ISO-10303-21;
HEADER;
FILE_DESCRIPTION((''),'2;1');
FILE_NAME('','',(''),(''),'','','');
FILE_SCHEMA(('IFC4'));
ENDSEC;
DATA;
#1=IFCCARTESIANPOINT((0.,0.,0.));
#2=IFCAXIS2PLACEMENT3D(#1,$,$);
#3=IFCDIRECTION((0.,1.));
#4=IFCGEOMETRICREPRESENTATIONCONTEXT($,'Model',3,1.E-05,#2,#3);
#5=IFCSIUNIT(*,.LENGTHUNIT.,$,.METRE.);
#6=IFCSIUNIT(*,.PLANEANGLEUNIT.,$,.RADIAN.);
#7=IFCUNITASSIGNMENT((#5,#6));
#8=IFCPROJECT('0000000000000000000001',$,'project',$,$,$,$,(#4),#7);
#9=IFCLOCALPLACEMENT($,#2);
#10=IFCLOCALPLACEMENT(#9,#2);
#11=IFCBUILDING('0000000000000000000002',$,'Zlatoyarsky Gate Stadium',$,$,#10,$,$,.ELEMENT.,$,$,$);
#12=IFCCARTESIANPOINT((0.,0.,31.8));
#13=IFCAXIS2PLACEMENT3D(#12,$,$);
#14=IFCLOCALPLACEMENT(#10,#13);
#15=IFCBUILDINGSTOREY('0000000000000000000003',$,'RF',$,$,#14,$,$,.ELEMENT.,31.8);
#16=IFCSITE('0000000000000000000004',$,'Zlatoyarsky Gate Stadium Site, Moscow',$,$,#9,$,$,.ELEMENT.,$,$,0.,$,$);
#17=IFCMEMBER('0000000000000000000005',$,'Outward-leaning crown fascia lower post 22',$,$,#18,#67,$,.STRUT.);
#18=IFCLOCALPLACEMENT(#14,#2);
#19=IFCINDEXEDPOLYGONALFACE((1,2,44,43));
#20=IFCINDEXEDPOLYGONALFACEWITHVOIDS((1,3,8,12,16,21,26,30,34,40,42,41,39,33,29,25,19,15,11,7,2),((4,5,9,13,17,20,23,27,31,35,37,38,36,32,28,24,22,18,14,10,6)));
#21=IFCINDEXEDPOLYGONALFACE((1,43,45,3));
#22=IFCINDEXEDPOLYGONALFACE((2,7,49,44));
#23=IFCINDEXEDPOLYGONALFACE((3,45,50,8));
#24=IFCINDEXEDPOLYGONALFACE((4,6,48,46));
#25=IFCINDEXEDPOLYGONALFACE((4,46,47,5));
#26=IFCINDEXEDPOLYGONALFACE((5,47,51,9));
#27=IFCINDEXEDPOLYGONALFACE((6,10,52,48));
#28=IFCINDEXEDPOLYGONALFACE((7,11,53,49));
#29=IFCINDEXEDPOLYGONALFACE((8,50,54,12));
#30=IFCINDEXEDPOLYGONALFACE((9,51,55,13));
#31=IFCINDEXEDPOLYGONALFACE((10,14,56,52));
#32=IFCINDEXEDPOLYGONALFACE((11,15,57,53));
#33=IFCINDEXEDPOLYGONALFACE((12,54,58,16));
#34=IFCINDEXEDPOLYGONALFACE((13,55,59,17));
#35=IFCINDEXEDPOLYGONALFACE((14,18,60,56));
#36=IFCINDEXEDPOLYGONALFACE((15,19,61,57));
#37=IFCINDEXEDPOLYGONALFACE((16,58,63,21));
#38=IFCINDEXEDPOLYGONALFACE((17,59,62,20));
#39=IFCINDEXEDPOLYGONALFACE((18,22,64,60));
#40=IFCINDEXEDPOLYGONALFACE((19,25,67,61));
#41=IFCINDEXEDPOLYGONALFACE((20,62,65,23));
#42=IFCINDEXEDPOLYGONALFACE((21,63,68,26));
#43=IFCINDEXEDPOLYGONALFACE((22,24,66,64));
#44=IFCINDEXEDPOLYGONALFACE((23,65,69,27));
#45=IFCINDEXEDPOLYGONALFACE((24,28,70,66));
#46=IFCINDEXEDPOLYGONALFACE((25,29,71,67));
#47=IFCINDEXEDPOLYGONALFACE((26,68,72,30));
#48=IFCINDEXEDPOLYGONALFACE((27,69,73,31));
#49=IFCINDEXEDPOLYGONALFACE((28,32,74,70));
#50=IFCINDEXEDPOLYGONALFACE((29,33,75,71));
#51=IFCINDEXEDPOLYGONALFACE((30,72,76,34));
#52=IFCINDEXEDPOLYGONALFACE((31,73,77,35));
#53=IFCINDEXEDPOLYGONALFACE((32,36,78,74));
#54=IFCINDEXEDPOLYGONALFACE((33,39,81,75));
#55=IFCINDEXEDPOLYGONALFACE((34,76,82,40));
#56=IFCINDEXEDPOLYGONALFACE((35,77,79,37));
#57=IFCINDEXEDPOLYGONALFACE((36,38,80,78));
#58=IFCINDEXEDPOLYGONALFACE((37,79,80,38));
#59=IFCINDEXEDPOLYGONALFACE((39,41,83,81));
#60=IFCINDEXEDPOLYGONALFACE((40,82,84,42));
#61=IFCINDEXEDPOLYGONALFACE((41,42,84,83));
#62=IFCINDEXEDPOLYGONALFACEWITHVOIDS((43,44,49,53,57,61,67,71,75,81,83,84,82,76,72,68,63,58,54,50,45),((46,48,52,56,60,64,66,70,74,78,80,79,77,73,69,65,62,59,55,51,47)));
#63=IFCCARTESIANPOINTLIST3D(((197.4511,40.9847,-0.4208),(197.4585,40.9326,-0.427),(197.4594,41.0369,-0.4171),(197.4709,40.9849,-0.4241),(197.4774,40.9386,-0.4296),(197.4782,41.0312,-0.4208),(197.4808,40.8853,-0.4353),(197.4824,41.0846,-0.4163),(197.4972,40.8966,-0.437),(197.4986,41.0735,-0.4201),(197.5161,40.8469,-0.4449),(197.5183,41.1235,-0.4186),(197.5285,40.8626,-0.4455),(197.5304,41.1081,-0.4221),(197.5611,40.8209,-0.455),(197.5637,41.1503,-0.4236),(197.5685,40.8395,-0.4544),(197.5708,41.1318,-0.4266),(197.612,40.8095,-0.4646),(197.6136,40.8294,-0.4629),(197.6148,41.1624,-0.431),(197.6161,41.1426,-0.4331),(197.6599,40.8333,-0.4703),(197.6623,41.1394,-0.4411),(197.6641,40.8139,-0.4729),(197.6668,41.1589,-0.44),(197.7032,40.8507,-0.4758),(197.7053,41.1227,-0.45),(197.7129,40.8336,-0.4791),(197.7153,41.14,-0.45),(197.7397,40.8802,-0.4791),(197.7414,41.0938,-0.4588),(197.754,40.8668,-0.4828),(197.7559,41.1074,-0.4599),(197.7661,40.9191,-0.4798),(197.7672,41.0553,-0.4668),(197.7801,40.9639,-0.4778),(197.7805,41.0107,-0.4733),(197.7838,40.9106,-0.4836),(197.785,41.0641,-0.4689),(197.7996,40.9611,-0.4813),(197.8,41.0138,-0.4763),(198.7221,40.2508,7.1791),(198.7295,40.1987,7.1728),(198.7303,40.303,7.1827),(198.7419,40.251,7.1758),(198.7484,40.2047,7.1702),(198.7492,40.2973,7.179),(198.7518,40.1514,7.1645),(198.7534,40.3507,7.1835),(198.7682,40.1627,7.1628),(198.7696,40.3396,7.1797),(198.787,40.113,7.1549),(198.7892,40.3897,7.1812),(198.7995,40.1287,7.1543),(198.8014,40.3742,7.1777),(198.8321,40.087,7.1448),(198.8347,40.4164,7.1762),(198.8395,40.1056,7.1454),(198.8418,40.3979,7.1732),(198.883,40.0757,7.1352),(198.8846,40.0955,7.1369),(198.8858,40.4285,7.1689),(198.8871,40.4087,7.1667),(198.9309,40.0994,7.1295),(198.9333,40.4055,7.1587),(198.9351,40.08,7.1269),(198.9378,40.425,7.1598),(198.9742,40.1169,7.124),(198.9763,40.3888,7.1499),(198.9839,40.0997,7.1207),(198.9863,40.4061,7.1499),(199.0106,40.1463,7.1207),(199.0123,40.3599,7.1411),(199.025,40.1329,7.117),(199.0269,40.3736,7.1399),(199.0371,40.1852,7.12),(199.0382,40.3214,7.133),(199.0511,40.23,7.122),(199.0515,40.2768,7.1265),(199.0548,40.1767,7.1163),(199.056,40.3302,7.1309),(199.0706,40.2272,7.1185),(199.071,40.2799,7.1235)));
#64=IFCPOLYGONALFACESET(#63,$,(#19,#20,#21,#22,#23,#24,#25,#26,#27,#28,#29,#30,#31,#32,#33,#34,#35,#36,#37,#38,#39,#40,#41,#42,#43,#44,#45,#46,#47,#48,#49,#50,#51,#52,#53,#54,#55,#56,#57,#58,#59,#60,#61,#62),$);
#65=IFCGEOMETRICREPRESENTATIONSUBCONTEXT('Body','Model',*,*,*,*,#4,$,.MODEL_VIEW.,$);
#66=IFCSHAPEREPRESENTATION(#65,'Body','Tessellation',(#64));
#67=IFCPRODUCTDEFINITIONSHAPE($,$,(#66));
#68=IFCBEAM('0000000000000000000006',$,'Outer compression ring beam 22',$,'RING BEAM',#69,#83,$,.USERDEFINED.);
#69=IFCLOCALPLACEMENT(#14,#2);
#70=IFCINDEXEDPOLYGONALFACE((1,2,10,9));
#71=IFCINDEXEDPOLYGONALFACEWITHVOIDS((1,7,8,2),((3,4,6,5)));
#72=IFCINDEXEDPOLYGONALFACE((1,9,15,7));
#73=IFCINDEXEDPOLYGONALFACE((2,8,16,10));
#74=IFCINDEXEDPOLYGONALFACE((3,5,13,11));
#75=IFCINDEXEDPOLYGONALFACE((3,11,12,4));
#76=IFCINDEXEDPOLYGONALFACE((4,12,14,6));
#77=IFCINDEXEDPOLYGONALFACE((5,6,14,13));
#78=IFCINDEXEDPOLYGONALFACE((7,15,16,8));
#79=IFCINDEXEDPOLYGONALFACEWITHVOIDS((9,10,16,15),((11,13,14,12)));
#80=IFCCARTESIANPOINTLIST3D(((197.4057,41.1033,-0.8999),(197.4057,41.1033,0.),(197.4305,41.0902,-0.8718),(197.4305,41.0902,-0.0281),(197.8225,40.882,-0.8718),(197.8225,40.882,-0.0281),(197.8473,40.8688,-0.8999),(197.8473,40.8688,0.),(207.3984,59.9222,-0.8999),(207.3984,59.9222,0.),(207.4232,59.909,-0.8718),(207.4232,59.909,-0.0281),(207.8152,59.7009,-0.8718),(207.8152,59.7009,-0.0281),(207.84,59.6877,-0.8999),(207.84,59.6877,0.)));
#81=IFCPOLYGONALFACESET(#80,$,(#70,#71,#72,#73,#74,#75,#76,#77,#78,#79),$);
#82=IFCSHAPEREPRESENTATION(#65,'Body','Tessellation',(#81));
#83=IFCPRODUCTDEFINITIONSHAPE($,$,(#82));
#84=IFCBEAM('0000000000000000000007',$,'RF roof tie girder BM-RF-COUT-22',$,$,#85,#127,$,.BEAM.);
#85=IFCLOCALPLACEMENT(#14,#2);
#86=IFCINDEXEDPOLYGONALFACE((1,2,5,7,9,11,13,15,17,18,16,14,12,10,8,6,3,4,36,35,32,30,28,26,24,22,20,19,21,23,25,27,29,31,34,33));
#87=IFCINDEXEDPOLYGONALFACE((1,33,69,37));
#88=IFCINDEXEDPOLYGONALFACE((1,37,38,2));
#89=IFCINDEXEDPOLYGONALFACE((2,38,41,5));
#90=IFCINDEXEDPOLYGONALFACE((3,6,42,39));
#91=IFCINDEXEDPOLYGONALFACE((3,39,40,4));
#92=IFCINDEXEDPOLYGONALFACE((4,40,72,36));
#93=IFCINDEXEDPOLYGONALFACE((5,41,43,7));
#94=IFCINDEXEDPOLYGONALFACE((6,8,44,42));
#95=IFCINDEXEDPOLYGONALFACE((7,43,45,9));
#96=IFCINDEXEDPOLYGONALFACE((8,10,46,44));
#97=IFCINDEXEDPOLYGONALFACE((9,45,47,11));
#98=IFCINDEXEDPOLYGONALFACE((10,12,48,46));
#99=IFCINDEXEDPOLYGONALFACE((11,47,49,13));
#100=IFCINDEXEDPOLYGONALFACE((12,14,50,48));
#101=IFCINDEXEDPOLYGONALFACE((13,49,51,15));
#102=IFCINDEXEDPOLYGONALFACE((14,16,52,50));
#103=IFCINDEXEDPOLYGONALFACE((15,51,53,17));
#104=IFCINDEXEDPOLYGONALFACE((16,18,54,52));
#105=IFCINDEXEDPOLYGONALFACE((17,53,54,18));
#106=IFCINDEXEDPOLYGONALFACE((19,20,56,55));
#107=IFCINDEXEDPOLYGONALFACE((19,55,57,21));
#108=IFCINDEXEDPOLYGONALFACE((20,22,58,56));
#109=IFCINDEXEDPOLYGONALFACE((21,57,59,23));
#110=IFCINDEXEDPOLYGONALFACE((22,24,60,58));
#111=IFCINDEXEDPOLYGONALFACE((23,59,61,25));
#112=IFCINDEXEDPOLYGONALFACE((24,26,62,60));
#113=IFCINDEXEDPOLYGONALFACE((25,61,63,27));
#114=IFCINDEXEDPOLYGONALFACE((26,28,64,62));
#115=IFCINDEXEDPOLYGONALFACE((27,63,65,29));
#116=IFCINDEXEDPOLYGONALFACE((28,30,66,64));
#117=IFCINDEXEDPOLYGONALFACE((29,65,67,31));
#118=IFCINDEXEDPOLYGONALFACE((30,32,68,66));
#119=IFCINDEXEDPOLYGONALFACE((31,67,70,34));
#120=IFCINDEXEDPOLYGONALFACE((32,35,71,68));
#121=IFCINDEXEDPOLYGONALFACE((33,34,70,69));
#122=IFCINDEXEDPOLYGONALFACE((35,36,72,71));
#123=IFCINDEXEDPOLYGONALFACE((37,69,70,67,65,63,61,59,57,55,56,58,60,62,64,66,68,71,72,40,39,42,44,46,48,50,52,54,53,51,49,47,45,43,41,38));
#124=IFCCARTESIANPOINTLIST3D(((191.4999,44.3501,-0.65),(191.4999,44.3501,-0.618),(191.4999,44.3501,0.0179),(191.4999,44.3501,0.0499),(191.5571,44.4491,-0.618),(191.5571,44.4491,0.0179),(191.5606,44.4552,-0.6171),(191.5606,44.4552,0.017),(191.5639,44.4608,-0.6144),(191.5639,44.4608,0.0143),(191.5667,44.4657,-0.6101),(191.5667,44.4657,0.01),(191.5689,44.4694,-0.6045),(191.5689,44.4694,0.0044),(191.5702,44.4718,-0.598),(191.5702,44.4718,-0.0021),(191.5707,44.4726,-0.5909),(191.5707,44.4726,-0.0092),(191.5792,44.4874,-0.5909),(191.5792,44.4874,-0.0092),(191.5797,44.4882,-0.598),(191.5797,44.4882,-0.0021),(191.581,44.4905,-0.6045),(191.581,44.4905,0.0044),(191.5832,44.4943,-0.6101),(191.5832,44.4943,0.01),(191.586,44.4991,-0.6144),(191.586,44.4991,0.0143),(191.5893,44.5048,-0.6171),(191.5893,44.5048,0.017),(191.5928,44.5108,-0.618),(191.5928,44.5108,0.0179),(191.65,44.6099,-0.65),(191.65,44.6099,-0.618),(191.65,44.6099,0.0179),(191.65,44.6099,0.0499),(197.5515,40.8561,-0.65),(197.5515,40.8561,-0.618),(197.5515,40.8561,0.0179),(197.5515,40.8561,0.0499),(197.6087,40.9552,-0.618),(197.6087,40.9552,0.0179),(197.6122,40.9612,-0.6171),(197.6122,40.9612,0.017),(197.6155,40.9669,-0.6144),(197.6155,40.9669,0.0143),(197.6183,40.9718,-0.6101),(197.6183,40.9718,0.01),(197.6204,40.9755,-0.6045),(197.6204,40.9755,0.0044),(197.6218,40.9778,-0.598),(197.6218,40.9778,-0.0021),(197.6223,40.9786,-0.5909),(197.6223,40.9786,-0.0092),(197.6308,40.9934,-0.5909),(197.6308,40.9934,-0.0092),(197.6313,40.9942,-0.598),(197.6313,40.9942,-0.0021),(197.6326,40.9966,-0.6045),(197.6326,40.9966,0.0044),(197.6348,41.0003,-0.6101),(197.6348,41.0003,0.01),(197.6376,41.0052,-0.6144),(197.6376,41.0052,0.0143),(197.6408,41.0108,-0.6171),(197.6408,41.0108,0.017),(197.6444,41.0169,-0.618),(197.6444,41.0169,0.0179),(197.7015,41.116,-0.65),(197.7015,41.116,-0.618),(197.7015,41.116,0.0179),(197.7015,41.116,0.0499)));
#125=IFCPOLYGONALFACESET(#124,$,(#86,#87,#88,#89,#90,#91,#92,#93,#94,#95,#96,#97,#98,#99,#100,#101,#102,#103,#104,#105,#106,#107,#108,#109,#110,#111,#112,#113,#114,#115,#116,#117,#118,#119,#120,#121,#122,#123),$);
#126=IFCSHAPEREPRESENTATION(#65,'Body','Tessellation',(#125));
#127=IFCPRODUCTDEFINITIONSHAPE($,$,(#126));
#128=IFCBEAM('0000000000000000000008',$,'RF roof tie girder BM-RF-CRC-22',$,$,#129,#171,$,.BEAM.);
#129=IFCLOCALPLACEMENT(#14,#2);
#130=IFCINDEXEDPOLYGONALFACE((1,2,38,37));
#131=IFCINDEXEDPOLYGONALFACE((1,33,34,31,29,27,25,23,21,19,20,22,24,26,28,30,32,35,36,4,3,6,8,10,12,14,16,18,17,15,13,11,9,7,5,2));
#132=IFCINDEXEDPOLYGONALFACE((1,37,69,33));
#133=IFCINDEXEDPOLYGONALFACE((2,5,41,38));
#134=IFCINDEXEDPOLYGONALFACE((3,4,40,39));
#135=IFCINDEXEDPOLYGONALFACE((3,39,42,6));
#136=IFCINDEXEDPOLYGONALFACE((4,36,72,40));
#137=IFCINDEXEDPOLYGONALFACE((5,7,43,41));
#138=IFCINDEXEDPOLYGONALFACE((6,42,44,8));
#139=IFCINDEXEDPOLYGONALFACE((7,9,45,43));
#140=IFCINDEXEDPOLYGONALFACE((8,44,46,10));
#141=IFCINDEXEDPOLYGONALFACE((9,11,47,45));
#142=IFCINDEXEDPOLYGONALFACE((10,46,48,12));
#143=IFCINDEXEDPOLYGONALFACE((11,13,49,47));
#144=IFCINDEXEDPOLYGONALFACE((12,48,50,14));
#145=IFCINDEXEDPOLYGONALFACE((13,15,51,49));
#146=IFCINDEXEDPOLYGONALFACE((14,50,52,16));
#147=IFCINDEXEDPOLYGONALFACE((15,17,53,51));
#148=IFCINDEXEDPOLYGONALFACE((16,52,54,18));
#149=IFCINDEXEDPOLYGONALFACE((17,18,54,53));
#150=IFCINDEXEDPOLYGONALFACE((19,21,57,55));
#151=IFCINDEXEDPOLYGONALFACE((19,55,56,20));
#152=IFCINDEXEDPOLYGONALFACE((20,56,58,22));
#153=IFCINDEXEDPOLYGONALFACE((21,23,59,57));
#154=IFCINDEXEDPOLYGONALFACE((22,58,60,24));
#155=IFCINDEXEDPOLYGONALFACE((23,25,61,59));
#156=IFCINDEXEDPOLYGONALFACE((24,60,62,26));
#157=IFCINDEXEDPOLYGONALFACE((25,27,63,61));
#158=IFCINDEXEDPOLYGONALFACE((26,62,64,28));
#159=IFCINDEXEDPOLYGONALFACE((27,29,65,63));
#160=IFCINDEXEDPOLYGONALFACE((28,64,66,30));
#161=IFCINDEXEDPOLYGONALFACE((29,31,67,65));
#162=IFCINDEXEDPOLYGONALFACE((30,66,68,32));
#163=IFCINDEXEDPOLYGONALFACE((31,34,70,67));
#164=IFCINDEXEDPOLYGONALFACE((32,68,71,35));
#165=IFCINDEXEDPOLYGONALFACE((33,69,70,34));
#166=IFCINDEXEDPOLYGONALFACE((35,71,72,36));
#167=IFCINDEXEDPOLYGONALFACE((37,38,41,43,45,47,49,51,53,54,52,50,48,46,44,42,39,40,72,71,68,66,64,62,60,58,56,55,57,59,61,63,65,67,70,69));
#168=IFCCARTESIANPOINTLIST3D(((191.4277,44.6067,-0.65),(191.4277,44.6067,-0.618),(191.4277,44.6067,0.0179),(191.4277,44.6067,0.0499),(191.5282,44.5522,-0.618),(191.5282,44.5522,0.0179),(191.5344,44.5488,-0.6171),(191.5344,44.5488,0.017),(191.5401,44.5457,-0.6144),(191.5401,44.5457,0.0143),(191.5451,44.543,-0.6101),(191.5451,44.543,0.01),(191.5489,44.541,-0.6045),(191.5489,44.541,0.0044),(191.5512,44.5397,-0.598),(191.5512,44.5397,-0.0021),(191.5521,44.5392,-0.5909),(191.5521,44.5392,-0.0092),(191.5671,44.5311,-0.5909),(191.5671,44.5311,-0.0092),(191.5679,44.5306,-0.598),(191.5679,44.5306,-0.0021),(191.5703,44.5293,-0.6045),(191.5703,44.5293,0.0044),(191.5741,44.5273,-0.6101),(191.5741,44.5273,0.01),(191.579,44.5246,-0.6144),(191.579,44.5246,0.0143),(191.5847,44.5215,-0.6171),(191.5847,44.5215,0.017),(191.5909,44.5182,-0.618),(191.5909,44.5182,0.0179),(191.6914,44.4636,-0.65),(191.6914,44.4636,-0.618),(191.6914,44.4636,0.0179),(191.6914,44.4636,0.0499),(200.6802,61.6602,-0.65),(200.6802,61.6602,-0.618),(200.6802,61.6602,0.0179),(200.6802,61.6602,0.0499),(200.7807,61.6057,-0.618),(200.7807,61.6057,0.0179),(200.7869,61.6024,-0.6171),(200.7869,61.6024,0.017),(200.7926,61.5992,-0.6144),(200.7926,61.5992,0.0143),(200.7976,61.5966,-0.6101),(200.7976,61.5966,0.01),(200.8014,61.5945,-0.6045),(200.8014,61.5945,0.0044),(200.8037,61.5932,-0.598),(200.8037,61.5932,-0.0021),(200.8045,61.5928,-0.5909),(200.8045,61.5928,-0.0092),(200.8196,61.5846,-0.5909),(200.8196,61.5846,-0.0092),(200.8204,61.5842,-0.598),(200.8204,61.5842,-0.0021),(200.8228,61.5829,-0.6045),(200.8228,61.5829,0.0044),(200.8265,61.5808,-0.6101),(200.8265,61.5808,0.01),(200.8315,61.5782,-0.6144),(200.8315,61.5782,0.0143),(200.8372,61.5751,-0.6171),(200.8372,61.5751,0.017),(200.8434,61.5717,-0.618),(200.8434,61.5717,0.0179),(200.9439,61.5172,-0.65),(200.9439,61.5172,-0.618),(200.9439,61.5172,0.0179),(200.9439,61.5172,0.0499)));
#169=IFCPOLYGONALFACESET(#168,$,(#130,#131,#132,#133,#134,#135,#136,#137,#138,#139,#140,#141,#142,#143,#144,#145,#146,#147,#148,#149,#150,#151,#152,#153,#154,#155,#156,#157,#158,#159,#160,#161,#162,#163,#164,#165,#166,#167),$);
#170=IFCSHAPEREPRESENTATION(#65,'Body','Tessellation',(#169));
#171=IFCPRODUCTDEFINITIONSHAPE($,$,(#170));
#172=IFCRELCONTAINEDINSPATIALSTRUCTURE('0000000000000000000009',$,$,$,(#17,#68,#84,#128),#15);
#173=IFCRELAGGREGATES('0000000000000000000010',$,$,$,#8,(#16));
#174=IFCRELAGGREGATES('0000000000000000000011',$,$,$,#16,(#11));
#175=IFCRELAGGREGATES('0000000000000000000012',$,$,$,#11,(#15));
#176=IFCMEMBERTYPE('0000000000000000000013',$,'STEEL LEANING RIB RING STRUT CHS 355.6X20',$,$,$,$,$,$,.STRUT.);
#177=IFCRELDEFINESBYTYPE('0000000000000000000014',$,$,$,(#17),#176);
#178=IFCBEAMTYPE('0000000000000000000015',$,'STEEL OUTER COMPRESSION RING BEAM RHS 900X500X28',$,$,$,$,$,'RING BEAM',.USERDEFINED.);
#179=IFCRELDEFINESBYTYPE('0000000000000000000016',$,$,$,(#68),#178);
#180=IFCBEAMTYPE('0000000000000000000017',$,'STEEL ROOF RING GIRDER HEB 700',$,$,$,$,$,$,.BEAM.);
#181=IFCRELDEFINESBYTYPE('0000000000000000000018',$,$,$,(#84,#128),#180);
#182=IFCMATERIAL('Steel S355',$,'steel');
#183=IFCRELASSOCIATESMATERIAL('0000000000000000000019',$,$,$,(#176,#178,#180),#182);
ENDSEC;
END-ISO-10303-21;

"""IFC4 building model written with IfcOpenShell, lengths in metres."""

from ifc_helpers import new_model, si_unit, direction, frame, origin, origin_2d, place, context, subcontext, project, spatial, hollow_rectangle, hollow_circle, i_section, extrude, material, material_profile, profile_set, type_object, element, save


model = new_model("IFC4")

# Units and contexts
model_context = context("Model", 3, precision=1e-05, world=origin(), true_north=direction((0.0, 1.0)))
body_context = subcontext(model_context, "Body", "Model", "MODEL_VIEW")
ifc_project = project(units=[si_unit("LENGTHUNIT", "METRE"), si_unit("PLANEANGLEUNIT", "RADIAN")], contexts=[model_context])

# Site, building, storey
site_placement = place(None, origin())
site = spatial("IfcSite", under=ifc_project, at=site_placement, Name="Zlatoyarsky Gate Stadium Site, Moscow", CompositionType="ELEMENT", RefElevation=0.0)
building_placement = place(site_placement, origin())
building = spatial("IfcBuilding", under=site, at=building_placement, Name="Zlatoyarsky Gate Stadium", CompositionType="ELEMENT")
storey_placement = place(building_placement, frame((0.0, 0.0, 31.8)))
storey = spatial("IfcBuildingStorey", under=building, at=storey_placement, Name="RF", CompositionType="ELEMENT", Elevation=31.8)

# Member
ifc_material_1 = material(Name="Steel S355", Category="steel")
ifc_material_profile_1 = material_profile(ifc_material_1, hollow_circle(Radius=0.1777, WallThickness=0.02, at=origin_2d()), Name="CHS 355.6X20")
ifc_profile_set_1 = profile_set([ifc_material_profile_1], Name="Steel S355")
member_type_1 = type_object("IfcMemberType", Name="STEEL LEANING RIB RING STRUT CHS 355.6X20", PredefinedType="STRUT", material=ifc_profile_set_1)
member_1_placement = place(storey_placement, frame((197.6265, 40.9861, -0.45), z_axis=(0.164206, -0.094814, 0.981859), x_axis=(0.500039, 0.866003, 0.0)))
element("IfcMember", 1, at=member_1_placement, inside=storey, type_object=member_type_1, Name="Outward-leaning crown fascia lower post 22", PredefinedType="STRUT", context=body_context, shape_type="SweptSolid", body=[
    extrude(hollow_circle(Radius=0.1777, WallThickness=0.02, at=origin_2d()), origin(), (0.0, 0.0, 1.0), 7.7402),
])

# Beams
ifc_material_profile_2 = material_profile(ifc_material_1, hollow_rectangle(XDim=0.5, YDim=0.8999, WallThickness=0.0281, at=origin_2d()), Name="RHS 900X500X28")
ifc_profile_set_2 = profile_set([ifc_material_profile_2], Name="Steel S355")
beam_type_1 = type_object("IfcBeamType", Name="STEEL OUTER COMPRESSION RING BEAM RHS 900X500X28", ElementType="RING BEAM", PredefinedType="USERDEFINED", material=ifc_profile_set_2)
beam_1_placement = place(storey_placement, frame((197.6265, 40.9861, -0.45), z_axis=(0.468978, 0.88321, 0.0), x_axis=(-0.88321, 0.468978, 0.0)))
element("IfcBeam", 2, at=beam_1_placement, inside=storey, type_object=beam_type_1, Name="Outer compression ring beam 22", ObjectType="RING BEAM", PredefinedType="USERDEFINED", context=body_context, shape_type="SweptSolid", body=[
    extrude(hollow_rectangle(XDim=0.5, YDim=0.8999, WallThickness=0.0281, at=origin_2d()), origin(), (0.0, 0.0, 1.0), 21.3074),
])
ifc_material_profile_3 = material_profile(ifc_material_1, i_section(OverallWidth=0.3, OverallDepth=0.7, WebThickness=0.0171, FlangeThickness=0.032, FilletRadius=0.0271, at=origin_2d()), Name="HEB 700")
ifc_profile_set_3 = profile_set([ifc_material_profile_3], Name="Steel S355")
beam_type_2 = type_object("IfcBeamType", Name="STEEL ROOF RING GIRDER HEB 700", PredefinedType="BEAM", material=ifc_profile_set_3)
beam_2_placement = place(storey_placement, frame((191.575, 44.48, -0.3), z_axis=(0.866022, -0.500006, 0.0), x_axis=(0.500006, 0.866022, 0.0)))
element("IfcBeam", 3, at=beam_2_placement, inside=storey, type_object=beam_type_2, Name="RF roof tie girder BM-RF-COUT-22", PredefinedType="BEAM", context=body_context, shape_type="SweptSolid", body=[
    extrude(i_section(OverallWidth=0.3, OverallDepth=0.7, WebThickness=0.0171, FlangeThickness=0.032, FilletRadius=0.0271, at=origin_2d()), origin(), (0.0, 0.0, 1.0), 6.9878),
])
beam_3_placement = place(storey_placement, frame((191.5596, 44.5352, -0.3), z_axis=(0.476887, 0.878965, 0.0), x_axis=(-0.878965, 0.476887, 0.0)))
element("IfcBeam", 4, at=beam_3_placement, inside=storey, type_object=beam_type_2, Name="RF roof tie girder BM-RF-CRC-22", PredefinedType="BEAM", context=body_context, shape_type="SweptSolid", body=[
    extrude(i_section(OverallWidth=0.3, OverallDepth=0.7, WebThickness=0.0171, FlangeThickness=0.032, FilletRadius=0.0271, at=origin_2d()), origin(), (0.0, 0.0, 1.0), 19.4019),
])

save(model, "model.ifc")
